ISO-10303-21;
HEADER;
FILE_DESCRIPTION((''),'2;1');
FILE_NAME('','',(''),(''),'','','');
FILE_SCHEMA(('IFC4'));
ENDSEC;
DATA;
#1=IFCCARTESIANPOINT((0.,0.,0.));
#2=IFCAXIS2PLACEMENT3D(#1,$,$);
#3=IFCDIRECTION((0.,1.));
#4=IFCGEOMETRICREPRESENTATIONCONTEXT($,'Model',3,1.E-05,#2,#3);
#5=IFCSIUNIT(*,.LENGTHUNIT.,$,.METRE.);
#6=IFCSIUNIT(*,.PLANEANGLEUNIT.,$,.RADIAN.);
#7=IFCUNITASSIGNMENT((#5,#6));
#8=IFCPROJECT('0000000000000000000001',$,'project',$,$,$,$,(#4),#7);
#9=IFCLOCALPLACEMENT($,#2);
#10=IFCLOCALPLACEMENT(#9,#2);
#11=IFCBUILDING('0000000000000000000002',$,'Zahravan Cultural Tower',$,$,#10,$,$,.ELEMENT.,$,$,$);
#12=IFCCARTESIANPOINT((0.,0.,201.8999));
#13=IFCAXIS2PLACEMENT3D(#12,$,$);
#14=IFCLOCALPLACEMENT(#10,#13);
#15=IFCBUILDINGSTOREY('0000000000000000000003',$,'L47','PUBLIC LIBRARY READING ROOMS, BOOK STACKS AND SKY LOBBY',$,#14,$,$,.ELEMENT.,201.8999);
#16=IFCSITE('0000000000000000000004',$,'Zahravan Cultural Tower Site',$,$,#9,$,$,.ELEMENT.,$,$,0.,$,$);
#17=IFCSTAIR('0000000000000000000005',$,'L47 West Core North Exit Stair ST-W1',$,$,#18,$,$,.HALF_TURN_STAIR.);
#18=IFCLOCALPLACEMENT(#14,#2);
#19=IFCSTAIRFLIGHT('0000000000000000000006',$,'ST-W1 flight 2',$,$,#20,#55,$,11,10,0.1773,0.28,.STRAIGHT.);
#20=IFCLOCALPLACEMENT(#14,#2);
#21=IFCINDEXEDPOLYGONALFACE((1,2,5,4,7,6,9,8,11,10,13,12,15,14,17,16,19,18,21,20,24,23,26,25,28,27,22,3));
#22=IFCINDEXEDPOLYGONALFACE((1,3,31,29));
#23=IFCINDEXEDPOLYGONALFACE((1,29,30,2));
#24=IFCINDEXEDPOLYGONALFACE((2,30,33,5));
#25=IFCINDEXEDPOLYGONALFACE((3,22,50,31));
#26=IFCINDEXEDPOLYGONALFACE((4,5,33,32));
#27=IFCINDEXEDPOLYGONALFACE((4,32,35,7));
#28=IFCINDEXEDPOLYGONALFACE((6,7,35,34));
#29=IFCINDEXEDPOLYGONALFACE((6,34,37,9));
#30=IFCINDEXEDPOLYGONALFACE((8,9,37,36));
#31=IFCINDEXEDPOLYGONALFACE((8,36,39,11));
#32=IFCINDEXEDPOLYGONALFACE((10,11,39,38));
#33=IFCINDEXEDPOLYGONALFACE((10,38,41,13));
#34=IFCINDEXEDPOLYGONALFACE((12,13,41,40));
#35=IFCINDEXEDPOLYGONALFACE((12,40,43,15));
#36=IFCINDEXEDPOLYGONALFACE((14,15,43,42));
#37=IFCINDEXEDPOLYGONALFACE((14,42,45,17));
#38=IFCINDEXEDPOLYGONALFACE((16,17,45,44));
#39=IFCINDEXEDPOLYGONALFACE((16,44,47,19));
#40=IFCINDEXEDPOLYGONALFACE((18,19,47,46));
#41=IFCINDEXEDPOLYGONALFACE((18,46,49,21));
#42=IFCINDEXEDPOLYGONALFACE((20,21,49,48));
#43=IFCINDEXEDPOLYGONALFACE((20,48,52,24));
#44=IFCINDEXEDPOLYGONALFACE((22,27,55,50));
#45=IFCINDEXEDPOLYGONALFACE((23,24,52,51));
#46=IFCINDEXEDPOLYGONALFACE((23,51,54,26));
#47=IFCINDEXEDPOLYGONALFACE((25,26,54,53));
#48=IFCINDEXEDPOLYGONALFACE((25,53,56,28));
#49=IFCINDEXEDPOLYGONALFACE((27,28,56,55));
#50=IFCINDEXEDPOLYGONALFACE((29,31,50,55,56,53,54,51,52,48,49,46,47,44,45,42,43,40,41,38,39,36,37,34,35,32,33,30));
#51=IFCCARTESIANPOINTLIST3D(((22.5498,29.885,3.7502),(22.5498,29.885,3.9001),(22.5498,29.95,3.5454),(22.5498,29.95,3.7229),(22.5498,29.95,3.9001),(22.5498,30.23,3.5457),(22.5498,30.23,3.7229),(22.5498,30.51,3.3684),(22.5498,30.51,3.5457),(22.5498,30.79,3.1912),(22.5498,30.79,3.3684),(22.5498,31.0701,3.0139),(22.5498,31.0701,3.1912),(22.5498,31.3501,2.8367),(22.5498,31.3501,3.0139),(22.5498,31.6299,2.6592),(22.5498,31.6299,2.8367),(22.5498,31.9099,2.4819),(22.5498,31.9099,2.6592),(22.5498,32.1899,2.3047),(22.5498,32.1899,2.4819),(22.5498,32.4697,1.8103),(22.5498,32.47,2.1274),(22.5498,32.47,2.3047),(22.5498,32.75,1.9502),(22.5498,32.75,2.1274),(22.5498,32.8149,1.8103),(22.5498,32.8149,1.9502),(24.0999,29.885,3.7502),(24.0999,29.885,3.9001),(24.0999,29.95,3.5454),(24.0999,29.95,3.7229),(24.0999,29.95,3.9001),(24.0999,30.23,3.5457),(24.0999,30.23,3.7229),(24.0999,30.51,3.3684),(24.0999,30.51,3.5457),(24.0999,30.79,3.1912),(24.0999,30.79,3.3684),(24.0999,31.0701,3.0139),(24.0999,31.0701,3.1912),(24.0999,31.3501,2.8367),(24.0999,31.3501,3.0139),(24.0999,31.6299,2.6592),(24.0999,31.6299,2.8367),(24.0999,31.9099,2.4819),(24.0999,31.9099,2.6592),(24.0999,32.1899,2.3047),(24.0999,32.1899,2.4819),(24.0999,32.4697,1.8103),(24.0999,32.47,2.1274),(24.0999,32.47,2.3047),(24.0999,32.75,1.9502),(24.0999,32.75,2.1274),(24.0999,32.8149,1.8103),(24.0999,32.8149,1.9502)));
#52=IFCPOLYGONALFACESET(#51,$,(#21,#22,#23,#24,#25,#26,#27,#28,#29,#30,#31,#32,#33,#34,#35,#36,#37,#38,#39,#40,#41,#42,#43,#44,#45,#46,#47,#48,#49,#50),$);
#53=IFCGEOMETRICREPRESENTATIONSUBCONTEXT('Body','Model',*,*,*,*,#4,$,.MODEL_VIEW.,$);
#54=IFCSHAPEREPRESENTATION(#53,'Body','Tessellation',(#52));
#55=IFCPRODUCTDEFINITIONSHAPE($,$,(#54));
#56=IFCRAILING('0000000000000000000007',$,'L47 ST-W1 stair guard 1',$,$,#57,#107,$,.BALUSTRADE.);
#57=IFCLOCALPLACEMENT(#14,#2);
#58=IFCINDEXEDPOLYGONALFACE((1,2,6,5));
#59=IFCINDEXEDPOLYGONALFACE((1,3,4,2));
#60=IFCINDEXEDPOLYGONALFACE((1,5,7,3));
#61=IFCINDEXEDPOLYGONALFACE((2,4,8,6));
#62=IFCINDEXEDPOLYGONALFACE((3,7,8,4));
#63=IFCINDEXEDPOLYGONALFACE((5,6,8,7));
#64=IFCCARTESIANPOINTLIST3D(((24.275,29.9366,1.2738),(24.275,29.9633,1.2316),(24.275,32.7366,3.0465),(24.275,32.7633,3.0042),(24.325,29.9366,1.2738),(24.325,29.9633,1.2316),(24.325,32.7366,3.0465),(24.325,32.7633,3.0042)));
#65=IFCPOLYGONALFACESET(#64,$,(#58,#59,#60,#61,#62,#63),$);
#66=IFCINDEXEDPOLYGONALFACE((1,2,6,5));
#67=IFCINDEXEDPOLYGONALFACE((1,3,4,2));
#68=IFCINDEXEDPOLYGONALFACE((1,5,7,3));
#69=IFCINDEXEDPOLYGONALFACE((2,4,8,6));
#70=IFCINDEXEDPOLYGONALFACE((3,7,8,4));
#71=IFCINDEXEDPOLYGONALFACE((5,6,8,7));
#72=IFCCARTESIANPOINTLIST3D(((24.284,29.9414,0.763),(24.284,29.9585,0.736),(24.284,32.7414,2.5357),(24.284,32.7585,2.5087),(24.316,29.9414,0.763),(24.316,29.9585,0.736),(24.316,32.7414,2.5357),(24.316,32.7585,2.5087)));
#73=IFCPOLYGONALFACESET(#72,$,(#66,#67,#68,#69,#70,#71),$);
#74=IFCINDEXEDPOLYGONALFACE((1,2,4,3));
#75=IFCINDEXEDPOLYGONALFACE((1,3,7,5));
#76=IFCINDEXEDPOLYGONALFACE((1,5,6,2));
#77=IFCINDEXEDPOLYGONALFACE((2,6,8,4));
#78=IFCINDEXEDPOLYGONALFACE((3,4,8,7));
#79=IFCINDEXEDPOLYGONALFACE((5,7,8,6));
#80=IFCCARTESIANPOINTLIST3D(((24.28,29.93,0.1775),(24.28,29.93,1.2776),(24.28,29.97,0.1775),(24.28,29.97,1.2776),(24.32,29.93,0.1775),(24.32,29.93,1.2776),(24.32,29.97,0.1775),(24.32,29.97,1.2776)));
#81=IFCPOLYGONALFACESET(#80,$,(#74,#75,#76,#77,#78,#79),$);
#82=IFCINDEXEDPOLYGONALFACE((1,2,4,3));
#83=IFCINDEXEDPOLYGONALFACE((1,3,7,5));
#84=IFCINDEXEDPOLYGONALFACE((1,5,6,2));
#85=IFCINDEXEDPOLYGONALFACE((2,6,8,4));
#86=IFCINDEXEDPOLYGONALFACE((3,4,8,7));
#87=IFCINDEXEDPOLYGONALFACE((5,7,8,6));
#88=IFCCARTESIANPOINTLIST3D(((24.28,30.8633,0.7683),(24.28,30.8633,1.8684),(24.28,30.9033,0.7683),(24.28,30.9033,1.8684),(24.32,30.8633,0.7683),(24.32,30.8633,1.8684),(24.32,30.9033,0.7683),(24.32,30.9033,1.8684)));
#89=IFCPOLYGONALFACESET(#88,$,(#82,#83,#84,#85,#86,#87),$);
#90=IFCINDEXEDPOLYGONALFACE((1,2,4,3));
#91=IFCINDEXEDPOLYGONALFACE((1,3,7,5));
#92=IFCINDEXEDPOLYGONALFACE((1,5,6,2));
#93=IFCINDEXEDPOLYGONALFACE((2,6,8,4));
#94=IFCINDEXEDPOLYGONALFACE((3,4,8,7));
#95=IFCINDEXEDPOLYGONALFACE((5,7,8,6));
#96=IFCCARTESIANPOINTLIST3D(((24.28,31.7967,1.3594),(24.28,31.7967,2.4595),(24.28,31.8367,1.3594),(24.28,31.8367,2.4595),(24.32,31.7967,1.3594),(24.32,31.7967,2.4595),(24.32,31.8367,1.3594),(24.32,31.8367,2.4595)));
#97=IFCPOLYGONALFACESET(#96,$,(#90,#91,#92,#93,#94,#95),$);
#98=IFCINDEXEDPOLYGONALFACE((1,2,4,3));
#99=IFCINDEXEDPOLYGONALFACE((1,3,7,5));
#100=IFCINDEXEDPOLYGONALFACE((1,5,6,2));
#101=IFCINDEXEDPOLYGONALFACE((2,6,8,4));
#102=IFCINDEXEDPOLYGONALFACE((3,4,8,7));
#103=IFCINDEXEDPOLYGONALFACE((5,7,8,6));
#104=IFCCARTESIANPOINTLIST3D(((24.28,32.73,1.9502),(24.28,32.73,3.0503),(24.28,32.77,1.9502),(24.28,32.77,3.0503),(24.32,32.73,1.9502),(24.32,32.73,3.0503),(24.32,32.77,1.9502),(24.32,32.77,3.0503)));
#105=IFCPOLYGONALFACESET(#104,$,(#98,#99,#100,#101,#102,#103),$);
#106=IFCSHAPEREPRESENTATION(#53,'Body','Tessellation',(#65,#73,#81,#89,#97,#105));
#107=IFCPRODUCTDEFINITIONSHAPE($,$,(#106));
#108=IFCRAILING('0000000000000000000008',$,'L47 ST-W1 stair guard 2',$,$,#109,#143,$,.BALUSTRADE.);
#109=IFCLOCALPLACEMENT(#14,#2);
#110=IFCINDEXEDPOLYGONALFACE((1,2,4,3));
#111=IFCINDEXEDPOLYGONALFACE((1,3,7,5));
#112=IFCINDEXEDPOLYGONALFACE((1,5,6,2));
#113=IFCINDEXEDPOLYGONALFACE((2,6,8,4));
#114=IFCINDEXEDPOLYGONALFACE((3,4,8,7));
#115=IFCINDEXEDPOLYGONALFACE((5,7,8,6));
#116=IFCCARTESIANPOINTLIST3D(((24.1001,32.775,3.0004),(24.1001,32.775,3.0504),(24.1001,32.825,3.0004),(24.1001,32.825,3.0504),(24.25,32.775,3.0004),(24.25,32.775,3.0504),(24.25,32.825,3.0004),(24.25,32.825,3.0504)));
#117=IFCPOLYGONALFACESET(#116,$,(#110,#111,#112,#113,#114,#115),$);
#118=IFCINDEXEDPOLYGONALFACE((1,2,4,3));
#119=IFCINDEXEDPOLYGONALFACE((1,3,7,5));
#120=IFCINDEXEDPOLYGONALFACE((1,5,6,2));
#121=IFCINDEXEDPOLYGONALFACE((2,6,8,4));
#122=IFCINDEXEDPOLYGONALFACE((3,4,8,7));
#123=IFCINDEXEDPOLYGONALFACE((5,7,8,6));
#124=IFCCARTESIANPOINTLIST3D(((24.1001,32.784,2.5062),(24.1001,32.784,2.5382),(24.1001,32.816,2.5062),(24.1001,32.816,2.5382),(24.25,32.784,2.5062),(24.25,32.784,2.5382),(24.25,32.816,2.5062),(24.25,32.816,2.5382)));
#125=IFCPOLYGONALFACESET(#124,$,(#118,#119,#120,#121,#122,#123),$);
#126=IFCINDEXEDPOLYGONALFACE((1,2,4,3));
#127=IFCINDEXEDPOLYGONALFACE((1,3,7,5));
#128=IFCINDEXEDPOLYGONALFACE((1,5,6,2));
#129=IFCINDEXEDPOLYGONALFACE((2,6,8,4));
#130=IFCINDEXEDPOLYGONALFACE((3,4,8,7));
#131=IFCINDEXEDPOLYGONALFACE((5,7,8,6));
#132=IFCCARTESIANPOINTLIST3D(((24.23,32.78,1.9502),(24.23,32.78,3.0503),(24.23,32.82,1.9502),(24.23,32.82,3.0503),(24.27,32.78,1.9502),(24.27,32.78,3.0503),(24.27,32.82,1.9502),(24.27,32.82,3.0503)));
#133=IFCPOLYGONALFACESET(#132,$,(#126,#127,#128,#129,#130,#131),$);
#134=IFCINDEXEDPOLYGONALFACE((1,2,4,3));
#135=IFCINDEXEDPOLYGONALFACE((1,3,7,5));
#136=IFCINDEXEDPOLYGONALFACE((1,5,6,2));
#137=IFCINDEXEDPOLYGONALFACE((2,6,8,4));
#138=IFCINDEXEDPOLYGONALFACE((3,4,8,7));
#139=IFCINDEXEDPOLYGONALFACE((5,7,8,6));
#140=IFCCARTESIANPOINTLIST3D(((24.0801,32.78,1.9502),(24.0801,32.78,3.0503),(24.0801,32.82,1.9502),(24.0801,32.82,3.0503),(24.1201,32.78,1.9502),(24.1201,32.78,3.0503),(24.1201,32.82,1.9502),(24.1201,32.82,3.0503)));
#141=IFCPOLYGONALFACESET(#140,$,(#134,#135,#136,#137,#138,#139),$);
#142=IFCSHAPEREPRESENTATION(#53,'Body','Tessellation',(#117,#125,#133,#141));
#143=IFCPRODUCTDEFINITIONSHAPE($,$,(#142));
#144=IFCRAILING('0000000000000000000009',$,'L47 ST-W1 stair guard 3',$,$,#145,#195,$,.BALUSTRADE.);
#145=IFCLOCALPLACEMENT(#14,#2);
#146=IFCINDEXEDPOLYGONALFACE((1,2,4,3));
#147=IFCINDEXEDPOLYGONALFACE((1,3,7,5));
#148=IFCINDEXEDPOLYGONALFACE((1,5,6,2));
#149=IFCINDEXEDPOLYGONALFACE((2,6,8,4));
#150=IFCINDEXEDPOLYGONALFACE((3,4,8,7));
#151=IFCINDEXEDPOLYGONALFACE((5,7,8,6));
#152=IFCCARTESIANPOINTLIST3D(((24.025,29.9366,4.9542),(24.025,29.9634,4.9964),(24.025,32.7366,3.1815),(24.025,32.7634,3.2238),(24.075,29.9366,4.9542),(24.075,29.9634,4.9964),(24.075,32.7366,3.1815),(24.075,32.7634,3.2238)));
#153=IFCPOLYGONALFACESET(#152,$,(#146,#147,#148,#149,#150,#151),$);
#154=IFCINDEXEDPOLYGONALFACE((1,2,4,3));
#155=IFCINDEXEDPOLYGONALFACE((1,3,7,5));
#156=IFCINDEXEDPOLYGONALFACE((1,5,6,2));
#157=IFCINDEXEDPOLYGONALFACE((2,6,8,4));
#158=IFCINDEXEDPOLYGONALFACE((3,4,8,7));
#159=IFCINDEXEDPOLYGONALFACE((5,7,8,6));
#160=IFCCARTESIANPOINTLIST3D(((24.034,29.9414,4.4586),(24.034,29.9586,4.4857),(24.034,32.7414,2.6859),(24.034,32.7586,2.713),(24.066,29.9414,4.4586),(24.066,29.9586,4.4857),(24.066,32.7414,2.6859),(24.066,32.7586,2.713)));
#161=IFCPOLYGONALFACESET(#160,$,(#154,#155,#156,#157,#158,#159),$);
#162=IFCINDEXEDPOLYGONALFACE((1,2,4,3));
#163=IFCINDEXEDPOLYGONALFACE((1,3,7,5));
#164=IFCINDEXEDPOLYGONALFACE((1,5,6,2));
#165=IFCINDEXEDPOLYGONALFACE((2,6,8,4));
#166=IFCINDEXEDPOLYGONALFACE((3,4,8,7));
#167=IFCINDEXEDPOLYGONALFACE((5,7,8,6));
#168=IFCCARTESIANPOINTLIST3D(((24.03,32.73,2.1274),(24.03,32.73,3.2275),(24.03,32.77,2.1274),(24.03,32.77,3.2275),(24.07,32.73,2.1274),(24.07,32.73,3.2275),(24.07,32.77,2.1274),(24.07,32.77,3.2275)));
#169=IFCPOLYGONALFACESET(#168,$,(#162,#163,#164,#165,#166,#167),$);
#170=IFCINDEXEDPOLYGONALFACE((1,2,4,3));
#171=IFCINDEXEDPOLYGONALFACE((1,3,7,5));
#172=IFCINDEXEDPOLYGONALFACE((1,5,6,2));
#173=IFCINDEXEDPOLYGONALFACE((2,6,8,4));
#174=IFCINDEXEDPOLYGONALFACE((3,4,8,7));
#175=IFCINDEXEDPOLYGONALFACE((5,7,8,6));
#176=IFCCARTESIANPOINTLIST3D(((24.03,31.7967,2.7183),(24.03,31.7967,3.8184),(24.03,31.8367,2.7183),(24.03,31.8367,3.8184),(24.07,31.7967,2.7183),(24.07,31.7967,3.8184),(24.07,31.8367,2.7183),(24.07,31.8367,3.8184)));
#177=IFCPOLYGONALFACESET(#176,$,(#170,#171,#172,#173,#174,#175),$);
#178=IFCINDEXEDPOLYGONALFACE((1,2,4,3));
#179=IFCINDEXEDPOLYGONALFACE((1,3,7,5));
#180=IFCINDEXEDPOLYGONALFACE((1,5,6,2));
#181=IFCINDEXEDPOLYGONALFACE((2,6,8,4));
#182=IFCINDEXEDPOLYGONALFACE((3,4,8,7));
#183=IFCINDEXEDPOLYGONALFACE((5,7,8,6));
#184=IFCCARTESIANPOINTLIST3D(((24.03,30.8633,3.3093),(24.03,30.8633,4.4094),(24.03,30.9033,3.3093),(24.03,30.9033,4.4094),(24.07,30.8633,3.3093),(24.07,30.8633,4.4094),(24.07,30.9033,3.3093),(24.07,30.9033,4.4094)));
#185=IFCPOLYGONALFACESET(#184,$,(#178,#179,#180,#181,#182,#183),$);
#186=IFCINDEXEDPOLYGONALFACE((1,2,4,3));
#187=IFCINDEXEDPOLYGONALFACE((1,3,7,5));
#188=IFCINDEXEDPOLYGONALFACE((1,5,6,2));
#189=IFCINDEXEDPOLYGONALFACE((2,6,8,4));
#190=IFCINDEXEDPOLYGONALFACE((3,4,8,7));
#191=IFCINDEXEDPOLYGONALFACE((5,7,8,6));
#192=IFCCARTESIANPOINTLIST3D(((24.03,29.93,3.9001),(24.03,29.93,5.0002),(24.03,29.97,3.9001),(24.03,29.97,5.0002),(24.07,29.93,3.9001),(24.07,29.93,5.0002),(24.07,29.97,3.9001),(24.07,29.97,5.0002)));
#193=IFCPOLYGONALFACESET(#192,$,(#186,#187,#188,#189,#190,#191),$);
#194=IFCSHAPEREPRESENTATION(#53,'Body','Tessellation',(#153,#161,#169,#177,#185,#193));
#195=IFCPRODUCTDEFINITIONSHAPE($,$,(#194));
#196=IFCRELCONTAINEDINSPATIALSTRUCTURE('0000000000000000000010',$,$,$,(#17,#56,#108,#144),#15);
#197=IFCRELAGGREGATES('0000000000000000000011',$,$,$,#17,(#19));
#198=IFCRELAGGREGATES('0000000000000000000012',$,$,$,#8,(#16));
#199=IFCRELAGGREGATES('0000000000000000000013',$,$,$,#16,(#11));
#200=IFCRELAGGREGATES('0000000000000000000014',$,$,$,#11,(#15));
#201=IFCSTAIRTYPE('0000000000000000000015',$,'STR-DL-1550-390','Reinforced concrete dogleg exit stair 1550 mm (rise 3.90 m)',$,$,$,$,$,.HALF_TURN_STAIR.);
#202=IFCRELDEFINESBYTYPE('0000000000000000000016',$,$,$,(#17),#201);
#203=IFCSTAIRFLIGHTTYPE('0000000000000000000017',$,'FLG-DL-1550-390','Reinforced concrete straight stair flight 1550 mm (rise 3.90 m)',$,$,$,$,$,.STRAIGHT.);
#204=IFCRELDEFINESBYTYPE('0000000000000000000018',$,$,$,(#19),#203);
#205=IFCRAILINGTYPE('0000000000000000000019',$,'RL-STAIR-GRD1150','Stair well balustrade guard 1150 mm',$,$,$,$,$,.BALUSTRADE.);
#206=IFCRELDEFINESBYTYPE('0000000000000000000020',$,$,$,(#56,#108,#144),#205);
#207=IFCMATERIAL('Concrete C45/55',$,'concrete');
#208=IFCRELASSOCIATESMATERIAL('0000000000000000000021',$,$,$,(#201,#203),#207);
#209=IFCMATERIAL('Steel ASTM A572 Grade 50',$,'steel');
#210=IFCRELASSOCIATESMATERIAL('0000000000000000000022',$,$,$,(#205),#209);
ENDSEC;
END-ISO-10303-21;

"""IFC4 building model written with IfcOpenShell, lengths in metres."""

from ifc_helpers import new_model, si_unit, direction, frame, origin, origin_2d, place, context, subcontext, project, spatial, polyline, rectangle, outline, extrude, material, type_object, element, aggregate, save


model = new_model("IFC4")

# Units and contexts
model_context = context("Model", 3, precision=1e-05, world=origin(), true_north=direction((0.0, 1.0)))
body_context = subcontext(model_context, "Body", "Model", "MODEL_VIEW")
ifc_project = project(units=[si_unit("LENGTHUNIT", "METRE"), si_unit("PLANEANGLEUNIT", "RADIAN")], contexts=[model_context])

# Site, building, storey
site_placement = place(None, origin())
site = spatial("IfcSite", under=ifc_project, at=site_placement, Name="Zahravan Cultural Tower Site", CompositionType="ELEMENT", RefElevation=0.0)
building_placement = place(site_placement, origin())
building = spatial("IfcBuilding", under=site, at=building_placement, Name="Zahravan Cultural Tower", CompositionType="ELEMENT")
storey_placement = place(building_placement, frame((0.0, 0.0, 201.8999)))
storey = spatial("IfcBuildingStorey", under=building, at=storey_placement, Name="L47", Description="PUBLIC LIBRARY READING ROOMS, BOOK STACKS AND SKY LOBBY", CompositionType="ELEMENT", Elevation=201.8999)

# Shared definitions
ifc_material_1 = material(Name="Concrete C45/55", Category="concrete")

# Stair, stair flight
stair_type = type_object("IfcStairType", Name="STR-DL-1550-390", Description="Reinforced concrete dogleg exit stair 1550 mm (rise 3.90 m)", PredefinedType="HALF_TURN_STAIR", material=ifc_material_1)
stair_placement = place(storey_placement, origin())
stair = element("IfcStair", 1, at=stair_placement, inside=storey, type_object=stair_type, Name="L47 West Core North Exit Stair ST-W1", PredefinedType="HALF_TURN_STAIR")
stair_flight_type = type_object("IfcStairFlightType", Name="FLG-DL-1550-390", Description="Reinforced concrete straight stair flight 1550 mm (rise 3.90 m)", PredefinedType="STRAIGHT", material=ifc_material_1)
stair_flight_1_placement = place(storey_placement, frame((23.325, 32.75, 1.9502), z_axis=(0.0, 0.0, 1.0), x_axis=(0.0, -1.0, 0.0)))
stair_flight_1 = element("IfcStairFlight", 2, at=stair_flight_1_placement, type_object=stair_flight_type, Name="ST-W1 flight 2", NumberOfRisers=11, NumberOfTreads=10, PredefinedType="STRAIGHT", RiserHeight=0.1773, TreadLength=0.28, context=body_context, shape_type="SweptSolid", body=[
    extrude(outline(polyline([(-0.0649, -0.1399), (-0.0649, 0.0), (0.0, 0.0), (0.0, 0.1772), (0.28, 0.1772), (0.28, 0.3545), (0.5601, 0.3545), (0.5601, 0.5317), (0.8401, 0.5317), (0.8401, 0.709), (1.1201, 0.709), (1.1201, 0.8865), (1.3999, 0.8865), (1.3999, 1.0637), (1.6799, 1.0637), (1.6799, 1.241), (1.96, 1.241), (1.96, 1.4182), (2.24, 1.4182), (2.24, 1.5955), (2.52, 1.5955), (2.52, 1.7727), (2.8, 1.7727), (2.8, 1.95), (2.865, 1.95), (2.865, 1.8), (2.8, 1.5952), (0.2803, -0.1399), (-0.0649, -0.1399)])), frame((0.0, 0.7749, 0.0), z_axis=(0.0, -1.0, 0.0), x_axis=(1.0, 0.0, 0.0)), (0.0, 0.0, 1.0), 1.55),
])
aggregate(stair, [stair_flight_1])

# Railings
ifc_material_2 = material(Name="Steel ASTM A572 Grade 50", Category="steel")
railing_type_1 = type_object("IfcRailingType", Name="RL-STAIR-GRD1150", Description="Stair well balustrade guard 1150 mm", PredefinedType="BALUSTRADE", material=ifc_material_2)
railing_1_placement = place(storey_placement, frame((24.3, 29.95, 0.1775)))
element("IfcRailing", 3, at=railing_1_placement, inside=storey, type_object=railing_type_1, Name="L47 ST-W1 stair guard 1", PredefinedType="BALUSTRADE", context=body_context, shape_type="SweptSolid", body=[
    extrude(rectangle(XDim=0.05, YDim=0.05, at=origin_2d()), frame((0.0, 0.0, 1.0752), z_axis=(0.0, 0.844909, 0.53491), x_axis=(-1.0, 0.0, 0.0)), (0.0, 0.0, 1.0), 3.314),
    extrude(rectangle(XDim=0.032, YDim=0.032, at=origin_2d()), frame((0.0, 0.0, 0.572), z_axis=(0.0, 0.844909, 0.53491), x_axis=(-1.0, 0.0, 0.0)), (0.0, 0.0, 1.0), 3.314),
    extrude(rectangle(XDim=0.04, YDim=0.04, at=origin_2d()), origin(), (0.0, 0.0, 1.0), 1.1001),
    extrude(rectangle(XDim=0.04, YDim=0.04, at=origin_2d()), frame((0.0, 0.9333, 0.5908)), (0.0, 0.0, 1.0), 1.1001),
    extrude(rectangle(XDim=0.04, YDim=0.04, at=origin_2d()), frame((0.0, 1.8667, 1.1819)), (0.0, 0.0, 1.0), 1.1001),
    extrude(rectangle(XDim=0.04, YDim=0.04, at=origin_2d()), frame((0.0, 2.8, 1.7727)), (0.0, 0.0, 1.0), 1.1001),
])
railing_2_placement = place(storey_placement, frame((24.25, 32.8, 1.9502)))
element("IfcRailing", 4, at=railing_2_placement, inside=storey, type_object=railing_type_1, Name="L47 ST-W1 stair guard 2", PredefinedType="BALUSTRADE", context=body_context, shape_type="SweptSolid", body=[
    extrude(rectangle(XDim=0.05, YDim=0.05, at=origin_2d()), frame((0.0, 0.0, 1.0752), z_axis=(-1.0, 0.0, 0.0), x_axis=(0.0, -1.0, 0.0)), (0.0, 0.0, 1.0), 0.1499),
    extrude(rectangle(XDim=0.032, YDim=0.032, at=origin_2d()), frame((0.0, 0.0, 0.572), z_axis=(-1.0, 0.0, 0.0), x_axis=(0.0, -1.0, 0.0)), (0.0, 0.0, 1.0), 0.1499),
    extrude(rectangle(XDim=0.04, YDim=0.04, at=origin_2d()), origin(), (0.0, 0.0, 1.0), 1.1001),
    extrude(rectangle(XDim=0.04, YDim=0.04, at=origin_2d()), frame((-0.1499, 0.0, 0.0)), (0.0, 0.0, 1.0), 1.1001),
])
railing_3_placement = place(storey_placement, frame((24.05, 32.75, 2.1274)))
element("IfcRailing", 5, at=railing_3_placement, inside=storey, type_object=railing_type_1, Name="L47 ST-W1 stair guard 3", PredefinedType="BALUSTRADE", context=body_context, shape_type="SweptSolid", body=[
    extrude(rectangle(XDim=0.05, YDim=0.05, at=origin_2d()), frame((0.0, 0.0, 1.0752), z_axis=(0.0, -0.844909, 0.53491), x_axis=(1.0, 0.0, 0.0)), (0.0, 0.0, 1.0), 3.314),
    extrude(rectangle(XDim=0.032, YDim=0.032, at=origin_2d()), frame((0.0, 0.0, 0.572), z_axis=(0.0, -0.844909, 0.53491), x_axis=(1.0, 0.0, 0.0)), (0.0, 0.0, 1.0), 3.314),
    extrude(rectangle(XDim=0.04, YDim=0.04, at=origin_2d()), origin(), (0.0, 0.0, 1.0), 1.1001),
    extrude(rectangle(XDim=0.04, YDim=0.04, at=origin_2d()), frame((0.0, -0.9333, 0.5908)), (0.0, 0.0, 1.0), 1.1001),
    extrude(rectangle(XDim=0.04, YDim=0.04, at=origin_2d()), frame((0.0, -1.8667, 1.1819)), (0.0, 0.0, 1.0), 1.1001),
    extrude(rectangle(XDim=0.04, YDim=0.04, at=origin_2d()), frame((0.0, -2.8, 1.7727)), (0.0, 0.0, 1.0), 1.1001),
])

save(model, "model.ifc")
